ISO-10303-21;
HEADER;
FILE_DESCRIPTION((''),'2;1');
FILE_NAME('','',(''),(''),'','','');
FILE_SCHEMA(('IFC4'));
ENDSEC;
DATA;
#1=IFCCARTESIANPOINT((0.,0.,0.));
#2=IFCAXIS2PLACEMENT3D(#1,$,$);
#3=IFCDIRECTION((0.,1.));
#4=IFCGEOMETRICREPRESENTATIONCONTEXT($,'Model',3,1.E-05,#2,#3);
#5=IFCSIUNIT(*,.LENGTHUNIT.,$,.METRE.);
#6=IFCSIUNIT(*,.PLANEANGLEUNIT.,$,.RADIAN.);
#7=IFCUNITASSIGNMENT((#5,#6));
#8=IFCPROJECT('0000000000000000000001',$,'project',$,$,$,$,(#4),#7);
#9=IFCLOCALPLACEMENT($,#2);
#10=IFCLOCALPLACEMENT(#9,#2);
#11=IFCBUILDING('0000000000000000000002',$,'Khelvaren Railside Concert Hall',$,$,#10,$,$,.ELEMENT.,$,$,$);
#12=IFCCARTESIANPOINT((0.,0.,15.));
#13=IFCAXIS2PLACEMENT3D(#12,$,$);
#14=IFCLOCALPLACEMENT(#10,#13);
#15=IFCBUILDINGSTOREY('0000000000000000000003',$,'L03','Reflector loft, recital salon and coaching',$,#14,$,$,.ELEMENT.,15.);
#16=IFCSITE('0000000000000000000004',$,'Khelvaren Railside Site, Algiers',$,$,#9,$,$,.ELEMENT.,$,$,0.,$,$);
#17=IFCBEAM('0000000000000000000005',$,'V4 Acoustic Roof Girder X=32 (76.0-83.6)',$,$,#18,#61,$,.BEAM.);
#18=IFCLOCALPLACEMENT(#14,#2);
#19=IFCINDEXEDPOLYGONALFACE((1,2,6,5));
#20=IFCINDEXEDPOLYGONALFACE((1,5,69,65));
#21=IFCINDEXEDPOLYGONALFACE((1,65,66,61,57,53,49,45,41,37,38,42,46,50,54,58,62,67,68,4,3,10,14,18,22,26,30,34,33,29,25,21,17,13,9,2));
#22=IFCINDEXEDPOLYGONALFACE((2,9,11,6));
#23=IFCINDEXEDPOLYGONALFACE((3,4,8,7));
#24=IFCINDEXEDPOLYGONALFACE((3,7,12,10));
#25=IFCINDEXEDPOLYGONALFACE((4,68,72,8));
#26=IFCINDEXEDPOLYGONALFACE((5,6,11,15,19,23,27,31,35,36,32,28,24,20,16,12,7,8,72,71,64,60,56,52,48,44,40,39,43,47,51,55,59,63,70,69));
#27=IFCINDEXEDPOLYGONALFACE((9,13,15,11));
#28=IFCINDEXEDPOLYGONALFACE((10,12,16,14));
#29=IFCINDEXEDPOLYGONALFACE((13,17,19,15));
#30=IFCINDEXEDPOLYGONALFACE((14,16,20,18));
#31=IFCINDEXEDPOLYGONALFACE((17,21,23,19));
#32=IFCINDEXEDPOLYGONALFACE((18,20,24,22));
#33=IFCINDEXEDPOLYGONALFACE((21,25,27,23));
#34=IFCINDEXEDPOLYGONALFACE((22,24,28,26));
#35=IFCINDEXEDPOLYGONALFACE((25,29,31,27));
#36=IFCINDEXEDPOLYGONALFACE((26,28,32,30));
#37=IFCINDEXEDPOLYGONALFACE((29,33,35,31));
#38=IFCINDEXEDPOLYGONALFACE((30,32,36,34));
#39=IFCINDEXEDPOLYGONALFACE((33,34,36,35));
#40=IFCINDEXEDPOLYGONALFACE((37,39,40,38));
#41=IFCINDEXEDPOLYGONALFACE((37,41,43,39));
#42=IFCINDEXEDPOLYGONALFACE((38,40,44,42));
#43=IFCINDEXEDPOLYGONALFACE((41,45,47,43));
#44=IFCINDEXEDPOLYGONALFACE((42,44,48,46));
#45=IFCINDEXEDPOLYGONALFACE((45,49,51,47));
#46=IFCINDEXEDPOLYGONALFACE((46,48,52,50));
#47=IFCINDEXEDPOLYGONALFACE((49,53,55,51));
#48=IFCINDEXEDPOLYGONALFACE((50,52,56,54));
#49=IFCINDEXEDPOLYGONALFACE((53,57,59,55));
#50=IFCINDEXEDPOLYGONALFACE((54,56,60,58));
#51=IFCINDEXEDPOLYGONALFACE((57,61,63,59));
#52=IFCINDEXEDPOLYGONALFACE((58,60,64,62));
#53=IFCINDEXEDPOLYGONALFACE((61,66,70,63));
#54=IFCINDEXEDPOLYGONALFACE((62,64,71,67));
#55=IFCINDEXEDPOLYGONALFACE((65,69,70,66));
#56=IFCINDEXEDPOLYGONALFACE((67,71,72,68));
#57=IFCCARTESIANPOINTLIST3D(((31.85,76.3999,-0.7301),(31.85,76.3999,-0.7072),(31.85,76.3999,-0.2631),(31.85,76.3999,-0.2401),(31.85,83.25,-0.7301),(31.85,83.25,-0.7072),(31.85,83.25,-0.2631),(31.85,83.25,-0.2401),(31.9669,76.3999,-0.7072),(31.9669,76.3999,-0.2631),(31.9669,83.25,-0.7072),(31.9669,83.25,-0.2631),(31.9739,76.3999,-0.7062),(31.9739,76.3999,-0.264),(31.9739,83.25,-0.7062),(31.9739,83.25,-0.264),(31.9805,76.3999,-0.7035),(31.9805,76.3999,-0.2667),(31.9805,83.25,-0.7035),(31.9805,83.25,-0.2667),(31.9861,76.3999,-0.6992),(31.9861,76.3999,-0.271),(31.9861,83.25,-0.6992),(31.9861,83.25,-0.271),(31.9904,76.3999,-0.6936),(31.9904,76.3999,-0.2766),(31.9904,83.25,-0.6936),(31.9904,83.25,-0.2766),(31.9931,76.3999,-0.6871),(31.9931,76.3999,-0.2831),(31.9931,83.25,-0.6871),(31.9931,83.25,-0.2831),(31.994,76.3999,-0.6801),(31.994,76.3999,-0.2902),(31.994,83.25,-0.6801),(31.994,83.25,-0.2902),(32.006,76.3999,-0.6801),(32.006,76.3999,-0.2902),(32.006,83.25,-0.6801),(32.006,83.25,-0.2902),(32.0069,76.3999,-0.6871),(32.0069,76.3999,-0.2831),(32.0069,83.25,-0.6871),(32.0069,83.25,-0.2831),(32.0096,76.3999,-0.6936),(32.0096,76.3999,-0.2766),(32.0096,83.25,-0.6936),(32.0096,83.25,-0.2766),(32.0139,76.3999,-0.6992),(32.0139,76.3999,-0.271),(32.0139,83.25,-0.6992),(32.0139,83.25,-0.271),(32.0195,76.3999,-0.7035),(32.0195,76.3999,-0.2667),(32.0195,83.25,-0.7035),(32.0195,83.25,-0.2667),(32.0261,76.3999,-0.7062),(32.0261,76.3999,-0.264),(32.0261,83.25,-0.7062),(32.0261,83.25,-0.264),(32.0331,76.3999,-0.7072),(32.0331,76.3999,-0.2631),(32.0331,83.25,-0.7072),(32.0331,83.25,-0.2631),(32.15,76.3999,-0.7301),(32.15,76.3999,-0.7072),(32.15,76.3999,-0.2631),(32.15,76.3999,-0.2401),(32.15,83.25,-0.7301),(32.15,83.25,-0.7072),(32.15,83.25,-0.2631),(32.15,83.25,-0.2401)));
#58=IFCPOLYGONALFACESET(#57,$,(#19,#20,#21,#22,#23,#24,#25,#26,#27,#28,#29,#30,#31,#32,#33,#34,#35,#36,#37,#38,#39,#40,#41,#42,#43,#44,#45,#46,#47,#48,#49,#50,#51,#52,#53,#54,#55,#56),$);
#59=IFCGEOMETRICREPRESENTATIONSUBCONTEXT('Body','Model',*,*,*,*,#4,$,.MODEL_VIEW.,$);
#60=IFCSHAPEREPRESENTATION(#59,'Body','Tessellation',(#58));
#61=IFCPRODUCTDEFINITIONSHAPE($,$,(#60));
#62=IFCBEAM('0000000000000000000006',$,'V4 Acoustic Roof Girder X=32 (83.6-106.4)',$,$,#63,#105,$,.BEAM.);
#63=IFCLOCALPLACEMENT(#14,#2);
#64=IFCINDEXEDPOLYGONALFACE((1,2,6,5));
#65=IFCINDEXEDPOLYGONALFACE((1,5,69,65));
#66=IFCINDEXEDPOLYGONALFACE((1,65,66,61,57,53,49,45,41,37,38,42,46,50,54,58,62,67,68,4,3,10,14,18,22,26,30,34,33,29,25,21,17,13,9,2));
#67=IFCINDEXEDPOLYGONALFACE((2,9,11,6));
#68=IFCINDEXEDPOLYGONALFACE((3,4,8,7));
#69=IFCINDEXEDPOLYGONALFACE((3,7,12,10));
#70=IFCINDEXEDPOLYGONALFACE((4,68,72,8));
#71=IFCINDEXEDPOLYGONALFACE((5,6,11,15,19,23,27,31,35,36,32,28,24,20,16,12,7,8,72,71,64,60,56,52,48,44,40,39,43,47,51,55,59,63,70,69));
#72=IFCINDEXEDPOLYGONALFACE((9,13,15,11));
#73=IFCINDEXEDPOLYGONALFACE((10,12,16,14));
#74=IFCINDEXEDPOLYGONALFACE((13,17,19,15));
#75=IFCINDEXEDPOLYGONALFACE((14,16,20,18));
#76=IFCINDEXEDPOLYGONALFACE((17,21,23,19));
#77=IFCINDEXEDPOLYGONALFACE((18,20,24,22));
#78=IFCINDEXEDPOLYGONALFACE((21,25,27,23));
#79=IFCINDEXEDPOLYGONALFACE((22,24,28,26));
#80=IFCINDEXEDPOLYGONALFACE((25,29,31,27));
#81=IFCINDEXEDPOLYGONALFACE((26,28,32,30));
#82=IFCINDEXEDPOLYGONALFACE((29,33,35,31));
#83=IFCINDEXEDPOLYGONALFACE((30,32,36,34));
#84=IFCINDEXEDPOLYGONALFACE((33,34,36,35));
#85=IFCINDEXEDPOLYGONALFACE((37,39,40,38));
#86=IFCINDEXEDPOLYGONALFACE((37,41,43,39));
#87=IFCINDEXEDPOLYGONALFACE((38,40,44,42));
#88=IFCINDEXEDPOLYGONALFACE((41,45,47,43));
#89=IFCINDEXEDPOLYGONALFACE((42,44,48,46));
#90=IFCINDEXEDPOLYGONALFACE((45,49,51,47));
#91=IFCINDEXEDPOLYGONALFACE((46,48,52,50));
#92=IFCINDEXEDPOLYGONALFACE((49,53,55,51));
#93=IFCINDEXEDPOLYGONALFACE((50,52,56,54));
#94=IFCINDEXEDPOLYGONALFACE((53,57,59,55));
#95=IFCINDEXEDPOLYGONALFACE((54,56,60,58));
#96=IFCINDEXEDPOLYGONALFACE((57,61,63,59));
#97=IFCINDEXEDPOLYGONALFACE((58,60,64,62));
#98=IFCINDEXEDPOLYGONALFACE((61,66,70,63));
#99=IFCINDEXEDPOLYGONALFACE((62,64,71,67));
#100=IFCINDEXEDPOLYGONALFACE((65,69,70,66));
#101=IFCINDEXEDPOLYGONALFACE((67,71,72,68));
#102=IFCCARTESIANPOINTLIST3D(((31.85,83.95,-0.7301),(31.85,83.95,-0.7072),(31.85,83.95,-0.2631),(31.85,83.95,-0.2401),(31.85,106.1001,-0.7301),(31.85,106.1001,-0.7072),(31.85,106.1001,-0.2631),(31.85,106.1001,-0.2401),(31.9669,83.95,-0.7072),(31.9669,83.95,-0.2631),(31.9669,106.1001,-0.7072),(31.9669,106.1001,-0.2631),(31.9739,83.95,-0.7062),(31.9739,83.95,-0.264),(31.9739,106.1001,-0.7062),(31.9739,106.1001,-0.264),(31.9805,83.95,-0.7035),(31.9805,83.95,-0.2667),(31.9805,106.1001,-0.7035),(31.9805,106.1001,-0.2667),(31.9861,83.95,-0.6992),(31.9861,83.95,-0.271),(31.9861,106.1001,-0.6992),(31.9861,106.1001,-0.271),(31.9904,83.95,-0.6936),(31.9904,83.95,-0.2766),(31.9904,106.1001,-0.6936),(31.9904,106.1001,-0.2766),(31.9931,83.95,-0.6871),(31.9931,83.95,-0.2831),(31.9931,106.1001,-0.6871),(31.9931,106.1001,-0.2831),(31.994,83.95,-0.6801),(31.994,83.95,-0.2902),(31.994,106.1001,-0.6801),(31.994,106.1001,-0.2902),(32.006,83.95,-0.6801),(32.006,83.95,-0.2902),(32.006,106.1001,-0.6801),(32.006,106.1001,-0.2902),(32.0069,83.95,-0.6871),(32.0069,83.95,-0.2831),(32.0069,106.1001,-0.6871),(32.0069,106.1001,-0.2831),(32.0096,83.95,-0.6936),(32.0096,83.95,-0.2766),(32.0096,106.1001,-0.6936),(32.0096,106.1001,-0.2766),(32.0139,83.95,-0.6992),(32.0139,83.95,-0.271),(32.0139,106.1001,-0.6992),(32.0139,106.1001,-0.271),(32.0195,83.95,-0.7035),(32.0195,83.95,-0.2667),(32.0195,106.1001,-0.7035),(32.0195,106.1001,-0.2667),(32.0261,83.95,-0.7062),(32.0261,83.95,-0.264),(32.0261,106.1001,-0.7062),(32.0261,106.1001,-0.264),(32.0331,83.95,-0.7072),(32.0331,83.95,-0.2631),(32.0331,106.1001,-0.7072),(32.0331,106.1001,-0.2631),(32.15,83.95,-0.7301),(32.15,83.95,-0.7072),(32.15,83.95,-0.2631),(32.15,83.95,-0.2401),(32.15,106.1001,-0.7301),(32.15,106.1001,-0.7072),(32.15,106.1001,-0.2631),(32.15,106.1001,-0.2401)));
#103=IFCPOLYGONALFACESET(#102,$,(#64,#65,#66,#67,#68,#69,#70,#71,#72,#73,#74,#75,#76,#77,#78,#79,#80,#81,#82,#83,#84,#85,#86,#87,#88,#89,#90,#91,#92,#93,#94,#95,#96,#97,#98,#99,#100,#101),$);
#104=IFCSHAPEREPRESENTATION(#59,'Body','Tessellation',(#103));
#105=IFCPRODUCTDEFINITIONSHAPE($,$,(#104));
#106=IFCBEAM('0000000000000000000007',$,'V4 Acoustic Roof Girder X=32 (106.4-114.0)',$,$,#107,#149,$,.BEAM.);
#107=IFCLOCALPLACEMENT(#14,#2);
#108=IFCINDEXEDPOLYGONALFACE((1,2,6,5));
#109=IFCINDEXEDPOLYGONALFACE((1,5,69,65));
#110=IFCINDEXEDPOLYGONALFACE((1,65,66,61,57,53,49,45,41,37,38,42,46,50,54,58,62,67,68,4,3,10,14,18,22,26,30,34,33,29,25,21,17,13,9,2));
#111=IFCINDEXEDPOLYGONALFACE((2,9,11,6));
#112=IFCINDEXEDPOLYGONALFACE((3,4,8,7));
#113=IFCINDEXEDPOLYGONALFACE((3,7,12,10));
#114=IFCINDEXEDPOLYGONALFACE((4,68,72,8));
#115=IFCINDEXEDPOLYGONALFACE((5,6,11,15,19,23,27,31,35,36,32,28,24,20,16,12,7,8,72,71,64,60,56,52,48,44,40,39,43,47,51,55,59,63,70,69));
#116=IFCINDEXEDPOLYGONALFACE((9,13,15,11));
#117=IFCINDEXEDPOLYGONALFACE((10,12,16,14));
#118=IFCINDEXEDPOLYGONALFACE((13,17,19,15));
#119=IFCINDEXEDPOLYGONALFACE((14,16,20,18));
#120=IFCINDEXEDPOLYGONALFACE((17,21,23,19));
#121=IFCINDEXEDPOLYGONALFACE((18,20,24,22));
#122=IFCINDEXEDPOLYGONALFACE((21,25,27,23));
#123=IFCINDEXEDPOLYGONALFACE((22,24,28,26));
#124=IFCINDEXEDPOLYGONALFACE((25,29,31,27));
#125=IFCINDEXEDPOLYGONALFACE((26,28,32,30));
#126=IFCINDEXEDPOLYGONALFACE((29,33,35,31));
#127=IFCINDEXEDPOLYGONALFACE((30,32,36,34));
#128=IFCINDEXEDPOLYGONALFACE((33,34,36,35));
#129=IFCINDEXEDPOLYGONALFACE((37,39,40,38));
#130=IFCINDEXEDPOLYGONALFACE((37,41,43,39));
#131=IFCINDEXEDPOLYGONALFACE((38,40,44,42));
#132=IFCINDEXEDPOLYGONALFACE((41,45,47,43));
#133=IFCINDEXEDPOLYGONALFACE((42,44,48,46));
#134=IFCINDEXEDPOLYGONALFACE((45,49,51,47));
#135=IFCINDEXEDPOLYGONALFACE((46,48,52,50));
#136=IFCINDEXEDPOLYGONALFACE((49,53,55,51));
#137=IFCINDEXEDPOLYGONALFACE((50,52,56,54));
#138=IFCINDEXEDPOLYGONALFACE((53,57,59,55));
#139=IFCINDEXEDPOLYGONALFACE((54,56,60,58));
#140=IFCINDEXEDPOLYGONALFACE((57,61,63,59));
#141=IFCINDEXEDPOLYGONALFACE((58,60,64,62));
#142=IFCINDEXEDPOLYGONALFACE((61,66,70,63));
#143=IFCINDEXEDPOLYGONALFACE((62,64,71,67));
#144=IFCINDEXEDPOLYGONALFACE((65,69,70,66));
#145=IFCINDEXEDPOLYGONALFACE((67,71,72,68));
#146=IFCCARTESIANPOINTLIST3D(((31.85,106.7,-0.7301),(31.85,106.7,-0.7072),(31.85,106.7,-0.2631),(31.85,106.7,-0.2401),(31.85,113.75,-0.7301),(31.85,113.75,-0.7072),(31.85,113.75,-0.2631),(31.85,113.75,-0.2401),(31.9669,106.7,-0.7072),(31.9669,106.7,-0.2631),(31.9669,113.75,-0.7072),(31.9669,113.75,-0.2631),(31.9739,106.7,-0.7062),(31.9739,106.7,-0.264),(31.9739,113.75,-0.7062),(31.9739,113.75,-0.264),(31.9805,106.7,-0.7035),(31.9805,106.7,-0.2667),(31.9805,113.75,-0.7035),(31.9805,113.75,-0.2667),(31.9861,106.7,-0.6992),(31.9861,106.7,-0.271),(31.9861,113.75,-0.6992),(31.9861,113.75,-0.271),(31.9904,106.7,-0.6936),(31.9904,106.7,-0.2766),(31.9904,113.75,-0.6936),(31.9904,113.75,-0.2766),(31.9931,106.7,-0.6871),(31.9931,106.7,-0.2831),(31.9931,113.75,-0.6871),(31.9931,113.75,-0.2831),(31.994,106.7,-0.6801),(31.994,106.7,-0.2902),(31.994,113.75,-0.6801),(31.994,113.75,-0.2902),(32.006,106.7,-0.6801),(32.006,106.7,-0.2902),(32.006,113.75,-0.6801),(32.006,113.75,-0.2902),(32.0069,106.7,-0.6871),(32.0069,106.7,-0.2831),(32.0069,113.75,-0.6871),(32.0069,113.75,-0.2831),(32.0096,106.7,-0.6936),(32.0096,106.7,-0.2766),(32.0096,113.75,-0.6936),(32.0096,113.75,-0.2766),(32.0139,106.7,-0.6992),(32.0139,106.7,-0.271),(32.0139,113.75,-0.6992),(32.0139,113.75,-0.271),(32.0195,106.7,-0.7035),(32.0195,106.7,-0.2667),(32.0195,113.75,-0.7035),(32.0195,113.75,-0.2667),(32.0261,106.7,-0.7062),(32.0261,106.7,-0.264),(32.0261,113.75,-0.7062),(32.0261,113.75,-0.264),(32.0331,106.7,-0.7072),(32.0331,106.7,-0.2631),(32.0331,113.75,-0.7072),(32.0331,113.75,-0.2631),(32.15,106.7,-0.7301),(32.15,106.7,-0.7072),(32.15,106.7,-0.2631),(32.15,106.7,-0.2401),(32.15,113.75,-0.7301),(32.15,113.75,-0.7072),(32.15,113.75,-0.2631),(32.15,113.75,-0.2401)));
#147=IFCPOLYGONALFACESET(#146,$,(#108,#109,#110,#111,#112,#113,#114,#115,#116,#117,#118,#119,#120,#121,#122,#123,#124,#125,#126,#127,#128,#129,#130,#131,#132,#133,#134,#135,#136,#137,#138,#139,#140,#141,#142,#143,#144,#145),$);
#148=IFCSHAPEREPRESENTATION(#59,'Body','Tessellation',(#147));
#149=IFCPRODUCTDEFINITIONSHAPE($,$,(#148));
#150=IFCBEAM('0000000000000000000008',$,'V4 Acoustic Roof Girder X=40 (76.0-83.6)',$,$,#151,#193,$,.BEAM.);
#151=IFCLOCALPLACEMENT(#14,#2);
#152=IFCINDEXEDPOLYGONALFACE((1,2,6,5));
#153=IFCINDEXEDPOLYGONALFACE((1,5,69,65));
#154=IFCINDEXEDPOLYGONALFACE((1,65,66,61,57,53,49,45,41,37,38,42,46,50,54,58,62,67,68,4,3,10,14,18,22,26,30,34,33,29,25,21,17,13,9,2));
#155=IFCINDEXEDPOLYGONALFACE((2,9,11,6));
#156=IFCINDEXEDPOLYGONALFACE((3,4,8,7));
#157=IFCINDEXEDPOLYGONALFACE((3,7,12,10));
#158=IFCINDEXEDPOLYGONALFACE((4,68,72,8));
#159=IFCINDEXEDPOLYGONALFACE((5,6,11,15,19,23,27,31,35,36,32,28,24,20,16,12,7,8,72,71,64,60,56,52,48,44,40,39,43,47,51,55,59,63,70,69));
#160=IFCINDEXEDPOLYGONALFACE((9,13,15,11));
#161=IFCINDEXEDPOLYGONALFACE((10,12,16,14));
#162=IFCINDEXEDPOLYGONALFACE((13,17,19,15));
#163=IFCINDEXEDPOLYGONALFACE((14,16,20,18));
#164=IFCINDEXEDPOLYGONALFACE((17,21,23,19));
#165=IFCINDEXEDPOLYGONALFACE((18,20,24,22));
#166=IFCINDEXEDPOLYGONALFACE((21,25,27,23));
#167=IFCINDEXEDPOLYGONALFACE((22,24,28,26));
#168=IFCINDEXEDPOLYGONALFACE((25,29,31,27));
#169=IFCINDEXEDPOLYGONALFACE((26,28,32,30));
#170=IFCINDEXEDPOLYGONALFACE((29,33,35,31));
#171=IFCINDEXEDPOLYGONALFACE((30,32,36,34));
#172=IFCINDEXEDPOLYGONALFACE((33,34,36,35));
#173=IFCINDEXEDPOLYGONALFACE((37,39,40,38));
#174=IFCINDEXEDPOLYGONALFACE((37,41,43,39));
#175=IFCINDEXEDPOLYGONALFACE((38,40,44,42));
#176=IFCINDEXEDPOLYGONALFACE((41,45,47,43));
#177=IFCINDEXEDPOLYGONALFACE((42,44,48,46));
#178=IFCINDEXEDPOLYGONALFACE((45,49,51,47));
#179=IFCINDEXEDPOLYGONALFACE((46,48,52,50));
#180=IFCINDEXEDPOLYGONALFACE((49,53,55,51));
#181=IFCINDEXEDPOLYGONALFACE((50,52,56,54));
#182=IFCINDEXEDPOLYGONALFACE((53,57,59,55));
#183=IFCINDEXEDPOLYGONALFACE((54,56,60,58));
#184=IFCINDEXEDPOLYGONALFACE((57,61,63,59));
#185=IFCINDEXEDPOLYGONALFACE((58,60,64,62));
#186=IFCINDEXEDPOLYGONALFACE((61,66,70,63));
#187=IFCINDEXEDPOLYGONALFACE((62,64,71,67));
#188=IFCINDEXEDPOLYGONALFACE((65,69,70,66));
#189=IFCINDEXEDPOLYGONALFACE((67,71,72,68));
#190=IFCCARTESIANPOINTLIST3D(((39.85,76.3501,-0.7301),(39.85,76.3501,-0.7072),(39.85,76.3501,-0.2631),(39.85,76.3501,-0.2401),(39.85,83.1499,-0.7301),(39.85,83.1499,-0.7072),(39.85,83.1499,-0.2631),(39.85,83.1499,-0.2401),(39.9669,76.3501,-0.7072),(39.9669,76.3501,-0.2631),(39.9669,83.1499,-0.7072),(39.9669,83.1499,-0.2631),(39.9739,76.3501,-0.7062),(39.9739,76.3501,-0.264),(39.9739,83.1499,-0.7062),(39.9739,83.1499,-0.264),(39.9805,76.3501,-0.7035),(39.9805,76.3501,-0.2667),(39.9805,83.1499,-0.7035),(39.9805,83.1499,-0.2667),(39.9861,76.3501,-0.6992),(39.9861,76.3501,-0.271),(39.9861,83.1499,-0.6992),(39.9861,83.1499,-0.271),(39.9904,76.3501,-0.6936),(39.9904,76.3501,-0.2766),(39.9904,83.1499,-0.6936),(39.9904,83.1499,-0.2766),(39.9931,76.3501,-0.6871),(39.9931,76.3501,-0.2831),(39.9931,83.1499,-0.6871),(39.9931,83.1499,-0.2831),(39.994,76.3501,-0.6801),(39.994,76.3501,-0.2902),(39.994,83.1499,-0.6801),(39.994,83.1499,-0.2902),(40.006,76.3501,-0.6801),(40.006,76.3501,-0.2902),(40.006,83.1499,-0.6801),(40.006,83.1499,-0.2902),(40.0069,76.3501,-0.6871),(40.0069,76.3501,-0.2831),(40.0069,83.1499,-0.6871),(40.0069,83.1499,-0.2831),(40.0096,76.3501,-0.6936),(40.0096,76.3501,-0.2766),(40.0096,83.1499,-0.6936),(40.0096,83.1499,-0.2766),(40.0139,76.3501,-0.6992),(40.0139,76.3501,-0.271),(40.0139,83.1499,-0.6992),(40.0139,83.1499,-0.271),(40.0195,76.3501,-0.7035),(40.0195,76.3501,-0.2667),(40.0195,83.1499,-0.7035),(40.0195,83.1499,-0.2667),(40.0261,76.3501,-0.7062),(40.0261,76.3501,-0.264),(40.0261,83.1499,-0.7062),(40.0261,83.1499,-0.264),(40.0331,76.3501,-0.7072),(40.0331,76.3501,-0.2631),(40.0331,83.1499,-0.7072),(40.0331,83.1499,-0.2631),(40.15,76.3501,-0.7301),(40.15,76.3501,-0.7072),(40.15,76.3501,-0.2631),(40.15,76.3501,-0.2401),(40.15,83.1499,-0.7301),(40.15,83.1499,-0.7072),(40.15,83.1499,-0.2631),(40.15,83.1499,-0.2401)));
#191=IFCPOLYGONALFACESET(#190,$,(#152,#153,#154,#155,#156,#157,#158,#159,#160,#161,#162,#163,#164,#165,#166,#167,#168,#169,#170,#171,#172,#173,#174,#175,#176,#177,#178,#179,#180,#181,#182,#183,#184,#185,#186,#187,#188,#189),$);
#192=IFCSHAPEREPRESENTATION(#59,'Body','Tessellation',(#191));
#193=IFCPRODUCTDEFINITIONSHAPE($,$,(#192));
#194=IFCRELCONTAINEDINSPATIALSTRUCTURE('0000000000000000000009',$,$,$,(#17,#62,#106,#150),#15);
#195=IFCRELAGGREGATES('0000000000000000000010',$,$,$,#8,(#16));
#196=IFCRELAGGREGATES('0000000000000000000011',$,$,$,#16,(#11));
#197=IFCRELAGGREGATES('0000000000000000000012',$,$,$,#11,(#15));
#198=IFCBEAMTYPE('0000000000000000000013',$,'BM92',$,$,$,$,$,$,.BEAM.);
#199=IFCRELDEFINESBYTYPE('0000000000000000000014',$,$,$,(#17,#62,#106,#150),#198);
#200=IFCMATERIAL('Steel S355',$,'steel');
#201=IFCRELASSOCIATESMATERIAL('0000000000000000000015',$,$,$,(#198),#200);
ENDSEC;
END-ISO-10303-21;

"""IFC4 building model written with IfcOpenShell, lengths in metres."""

from ifc_helpers import new_model, si_unit, direction, frame, origin, origin_2d, place, context, subcontext, project, spatial, i_section, extrude, material, material_profile, profile_set, type_object, element, save


model = new_model("IFC4")

# Units and contexts
model_context = context("Model", 3, precision=1e-05, world=origin(), true_north=direction((0.0, 1.0)))
body_context = subcontext(model_context, "Body", "Model", "MODEL_VIEW")
ifc_project = project(units=[si_unit("LENGTHUNIT", "METRE"), si_unit("PLANEANGLEUNIT", "RADIAN")], contexts=[model_context])

# Site, building, storey
site_placement = place(None, origin())
site = spatial("IfcSite", under=ifc_project, at=site_placement, Name="Khelvaren Railside Site, Algiers", CompositionType="ELEMENT", RefElevation=0.0)
building_placement = place(site_placement, origin())
building = spatial("IfcBuilding", under=site, at=building_placement, Name="Khelvaren Railside Concert Hall", CompositionType="ELEMENT")
storey_placement = place(building_placement, frame((0.0, 0.0, 15.0)))
storey = spatial("IfcBuildingStorey", under=building, at=storey_placement, Name="L03", Description="Reflector loft, recital salon and coaching", CompositionType="ELEMENT", Elevation=15.0)

# Beams
ifc_material_1 = material(Name="Steel S355", Category="steel")
ifc_material_profile_1 = material_profile(ifc_material_1, i_section(OverallWidth=0.3, OverallDepth=0.49, WebThickness=0.012, FlangeThickness=0.0229, FilletRadius=0.0271, at=origin_2d()), Name="HEA 500")
ifc_profile_set_1 = profile_set([ifc_material_profile_1], Name="Steel S355")
beam_type = type_object("IfcBeamType", Name="BM92", PredefinedType="BEAM", material=ifc_profile_set_1)
beam_1_placement = place(storey_placement, frame((32.0, 76.3999, -0.4851), z_axis=(0.0, 1.0, 0.0), x_axis=(-1.0, 0.0, 0.0)))
element("IfcBeam", 1, at=beam_1_placement, inside=storey, type_object=beam_type, Name="V4 Acoustic Roof Girder X=32 (76.0-83.6)", PredefinedType="BEAM", context=body_context, shape_type="SweptSolid", body=[
    extrude(i_section(OverallWidth=0.3, OverallDepth=0.49, WebThickness=0.012, FlangeThickness=0.0229, FilletRadius=0.0271, at=origin_2d()), origin(), (0.0, 0.0, 1.0), 6.8501),
])
beam_2_placement = place(storey_placement, frame((32.0, 83.95, -0.4851), z_axis=(0.0, 1.0, 0.0), x_axis=(-1.0, 0.0, 0.0)))
element("IfcBeam", 2, at=beam_2_placement, inside=storey, type_object=beam_type, Name="V4 Acoustic Roof Girder X=32 (83.6-106.4)", PredefinedType="BEAM", context=body_context, shape_type="SweptSolid", body=[
    extrude(i_section(OverallWidth=0.3, OverallDepth=0.49, WebThickness=0.012, FlangeThickness=0.0229, FilletRadius=0.0271, at=origin_2d()), origin(), (0.0, 0.0, 1.0), 22.1501),
])
beam_3_placement = place(storey_placement, frame((32.0, 106.7, -0.4851), z_axis=(0.0, 1.0, 0.0), x_axis=(-1.0, 0.0, 0.0)))
element("IfcBeam", 3, at=beam_3_placement, inside=storey, type_object=beam_type, Name="V4 Acoustic Roof Girder X=32 (106.4-114.0)", PredefinedType="BEAM", context=body_context, shape_type="SweptSolid", body=[
    extrude(i_section(OverallWidth=0.3, OverallDepth=0.49, WebThickness=0.012, FlangeThickness=0.0229, FilletRadius=0.0271, at=origin_2d()), origin(), (0.0, 0.0, 1.0), 7.05),
])
beam_4_placement = place(storey_placement, frame((40.0, 76.3501, -0.4851), z_axis=(0.0, 1.0, 0.0), x_axis=(-1.0, 0.0, 0.0)))
element("IfcBeam", 4, at=beam_4_placement, inside=storey, type_object=beam_type, Name="V4 Acoustic Roof Girder X=40 (76.0-83.6)", PredefinedType="BEAM", context=body_context, shape_type="SweptSolid", body=[
    extrude(i_section(OverallWidth=0.3, OverallDepth=0.49, WebThickness=0.012, FlangeThickness=0.0229, FilletRadius=0.0271, at=origin_2d()), origin(), (0.0, 0.0, 1.0), 6.7998),
])

save(model, "model.ifc")
